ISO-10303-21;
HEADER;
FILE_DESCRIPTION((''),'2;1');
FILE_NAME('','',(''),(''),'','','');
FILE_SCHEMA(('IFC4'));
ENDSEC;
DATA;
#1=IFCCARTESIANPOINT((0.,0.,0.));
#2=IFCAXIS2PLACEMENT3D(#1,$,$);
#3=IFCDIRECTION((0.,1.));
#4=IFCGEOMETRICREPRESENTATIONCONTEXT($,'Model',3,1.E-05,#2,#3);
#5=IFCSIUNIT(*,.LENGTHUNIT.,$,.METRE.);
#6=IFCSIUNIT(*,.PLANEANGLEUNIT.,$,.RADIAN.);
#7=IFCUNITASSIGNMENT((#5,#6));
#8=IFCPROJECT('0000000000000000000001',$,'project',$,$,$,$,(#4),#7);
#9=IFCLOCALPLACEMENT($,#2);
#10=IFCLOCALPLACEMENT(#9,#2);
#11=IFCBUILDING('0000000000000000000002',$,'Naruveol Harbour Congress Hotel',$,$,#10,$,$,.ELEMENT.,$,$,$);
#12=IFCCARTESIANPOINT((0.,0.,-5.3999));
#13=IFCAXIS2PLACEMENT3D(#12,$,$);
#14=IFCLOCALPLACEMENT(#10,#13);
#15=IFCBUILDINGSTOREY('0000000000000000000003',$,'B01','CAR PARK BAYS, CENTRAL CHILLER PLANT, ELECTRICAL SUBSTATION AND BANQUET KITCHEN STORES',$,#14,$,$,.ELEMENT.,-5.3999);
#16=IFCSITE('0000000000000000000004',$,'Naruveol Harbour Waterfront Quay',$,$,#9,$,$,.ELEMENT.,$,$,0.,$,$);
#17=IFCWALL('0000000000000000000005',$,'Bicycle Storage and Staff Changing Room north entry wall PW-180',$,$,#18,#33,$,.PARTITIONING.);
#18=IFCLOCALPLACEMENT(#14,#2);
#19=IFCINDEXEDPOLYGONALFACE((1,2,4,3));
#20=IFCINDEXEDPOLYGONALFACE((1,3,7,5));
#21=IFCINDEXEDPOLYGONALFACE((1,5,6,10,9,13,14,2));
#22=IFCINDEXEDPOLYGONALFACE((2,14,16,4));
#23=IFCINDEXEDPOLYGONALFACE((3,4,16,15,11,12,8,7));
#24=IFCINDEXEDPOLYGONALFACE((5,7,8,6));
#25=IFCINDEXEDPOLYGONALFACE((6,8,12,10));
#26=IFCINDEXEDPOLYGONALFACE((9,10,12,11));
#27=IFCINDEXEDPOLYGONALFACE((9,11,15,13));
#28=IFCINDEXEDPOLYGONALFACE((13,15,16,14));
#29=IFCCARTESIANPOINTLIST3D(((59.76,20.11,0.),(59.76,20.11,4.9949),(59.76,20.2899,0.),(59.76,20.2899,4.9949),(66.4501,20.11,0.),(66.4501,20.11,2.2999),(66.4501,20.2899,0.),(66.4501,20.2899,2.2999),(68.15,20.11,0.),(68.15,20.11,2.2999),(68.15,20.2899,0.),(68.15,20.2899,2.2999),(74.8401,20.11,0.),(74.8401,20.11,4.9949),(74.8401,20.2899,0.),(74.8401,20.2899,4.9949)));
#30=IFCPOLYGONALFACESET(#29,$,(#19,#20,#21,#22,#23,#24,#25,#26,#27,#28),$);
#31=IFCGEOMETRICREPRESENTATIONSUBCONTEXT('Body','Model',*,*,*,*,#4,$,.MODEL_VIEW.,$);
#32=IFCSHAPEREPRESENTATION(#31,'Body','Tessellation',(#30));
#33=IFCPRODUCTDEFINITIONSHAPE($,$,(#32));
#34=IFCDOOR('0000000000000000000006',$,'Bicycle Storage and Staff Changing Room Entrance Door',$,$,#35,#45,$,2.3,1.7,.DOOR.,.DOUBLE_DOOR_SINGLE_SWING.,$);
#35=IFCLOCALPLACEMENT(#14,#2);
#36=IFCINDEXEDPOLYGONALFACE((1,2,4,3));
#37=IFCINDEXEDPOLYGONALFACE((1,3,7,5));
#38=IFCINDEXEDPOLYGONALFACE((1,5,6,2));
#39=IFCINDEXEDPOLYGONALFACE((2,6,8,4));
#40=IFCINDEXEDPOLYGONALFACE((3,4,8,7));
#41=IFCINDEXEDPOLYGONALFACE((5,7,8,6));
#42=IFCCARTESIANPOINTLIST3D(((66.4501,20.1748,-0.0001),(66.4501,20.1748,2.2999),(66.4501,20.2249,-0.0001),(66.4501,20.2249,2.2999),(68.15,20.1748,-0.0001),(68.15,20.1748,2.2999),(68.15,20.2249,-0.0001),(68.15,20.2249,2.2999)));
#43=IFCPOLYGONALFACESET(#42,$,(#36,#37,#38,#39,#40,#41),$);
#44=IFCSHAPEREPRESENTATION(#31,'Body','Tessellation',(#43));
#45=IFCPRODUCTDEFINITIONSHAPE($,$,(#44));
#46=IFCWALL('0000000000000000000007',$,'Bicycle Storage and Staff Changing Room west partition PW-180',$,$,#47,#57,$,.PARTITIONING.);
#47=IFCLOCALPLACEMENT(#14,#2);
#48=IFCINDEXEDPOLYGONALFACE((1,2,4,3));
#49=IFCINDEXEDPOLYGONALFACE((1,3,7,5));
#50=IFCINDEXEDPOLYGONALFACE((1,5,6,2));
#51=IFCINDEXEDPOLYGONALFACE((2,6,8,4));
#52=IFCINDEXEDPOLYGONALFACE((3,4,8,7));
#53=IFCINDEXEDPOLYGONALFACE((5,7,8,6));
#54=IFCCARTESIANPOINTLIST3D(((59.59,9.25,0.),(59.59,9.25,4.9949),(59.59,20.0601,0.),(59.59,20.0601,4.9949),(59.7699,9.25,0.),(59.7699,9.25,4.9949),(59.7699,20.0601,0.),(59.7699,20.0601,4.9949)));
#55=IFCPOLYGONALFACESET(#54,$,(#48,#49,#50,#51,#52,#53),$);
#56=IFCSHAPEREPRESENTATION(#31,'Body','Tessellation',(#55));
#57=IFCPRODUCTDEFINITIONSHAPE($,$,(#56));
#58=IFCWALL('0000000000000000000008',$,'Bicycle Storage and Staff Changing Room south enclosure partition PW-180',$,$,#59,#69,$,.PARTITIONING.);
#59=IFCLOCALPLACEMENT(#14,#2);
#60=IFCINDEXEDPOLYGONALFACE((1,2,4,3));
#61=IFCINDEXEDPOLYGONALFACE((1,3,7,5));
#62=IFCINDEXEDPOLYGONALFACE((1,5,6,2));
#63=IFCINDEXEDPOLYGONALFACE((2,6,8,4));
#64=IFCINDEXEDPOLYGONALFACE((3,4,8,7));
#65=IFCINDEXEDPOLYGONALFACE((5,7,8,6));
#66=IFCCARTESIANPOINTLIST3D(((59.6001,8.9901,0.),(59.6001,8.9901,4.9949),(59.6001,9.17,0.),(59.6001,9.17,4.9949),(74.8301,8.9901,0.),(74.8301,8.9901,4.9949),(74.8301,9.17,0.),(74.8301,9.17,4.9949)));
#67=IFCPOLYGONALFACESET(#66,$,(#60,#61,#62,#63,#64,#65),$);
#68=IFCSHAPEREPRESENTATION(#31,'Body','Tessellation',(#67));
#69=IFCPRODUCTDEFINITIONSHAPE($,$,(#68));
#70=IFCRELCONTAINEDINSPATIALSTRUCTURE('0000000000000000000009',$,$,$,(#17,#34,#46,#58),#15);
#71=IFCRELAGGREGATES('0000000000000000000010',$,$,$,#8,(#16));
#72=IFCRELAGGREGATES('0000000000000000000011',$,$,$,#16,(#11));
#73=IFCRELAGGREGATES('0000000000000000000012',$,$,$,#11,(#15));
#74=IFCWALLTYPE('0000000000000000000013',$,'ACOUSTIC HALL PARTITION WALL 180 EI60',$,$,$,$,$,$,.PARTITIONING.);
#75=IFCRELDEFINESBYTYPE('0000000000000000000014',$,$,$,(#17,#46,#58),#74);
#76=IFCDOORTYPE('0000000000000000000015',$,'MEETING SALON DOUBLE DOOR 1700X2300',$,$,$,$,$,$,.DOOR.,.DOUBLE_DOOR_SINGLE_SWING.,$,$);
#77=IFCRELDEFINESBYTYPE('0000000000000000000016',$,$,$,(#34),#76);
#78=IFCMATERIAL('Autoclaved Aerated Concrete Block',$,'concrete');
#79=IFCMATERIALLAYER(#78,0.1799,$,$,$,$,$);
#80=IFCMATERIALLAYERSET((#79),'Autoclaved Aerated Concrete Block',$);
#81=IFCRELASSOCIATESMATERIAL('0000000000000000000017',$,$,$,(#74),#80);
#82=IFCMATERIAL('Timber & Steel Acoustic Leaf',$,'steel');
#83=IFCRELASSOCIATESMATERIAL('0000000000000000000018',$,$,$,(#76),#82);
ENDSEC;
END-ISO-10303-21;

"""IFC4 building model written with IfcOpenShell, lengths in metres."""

from ifc_helpers import new_model, si_unit, direction, frame, frame_2d, origin, place, context, subcontext, project, spatial, rectangle, extrude, material, layer, layer_set, type_object, element, fill, save


model = new_model("IFC4")

# Units and contexts
model_context = context("Model", 3, precision=1e-05, world=origin(), true_north=direction((0.0, 1.0)))
body_context = subcontext(model_context, "Body", "Model", "MODEL_VIEW")
ifc_project = project(units=[si_unit("LENGTHUNIT", "METRE"), si_unit("PLANEANGLEUNIT", "RADIAN")], contexts=[model_context])

# Site, building, storey
site_placement = place(None, origin())
site = spatial("IfcSite", under=ifc_project, at=site_placement, Name="Naruveol Harbour Waterfront Quay", CompositionType="ELEMENT", RefElevation=0.0)
building_placement = place(site_placement, origin())
building = spatial("IfcBuilding", under=site, at=building_placement, Name="Naruveol Harbour Congress Hotel", CompositionType="ELEMENT")
storey_placement = place(building_placement, frame((0.0, 0.0, -5.3999)))
storey = spatial("IfcBuildingStorey", under=building, at=storey_placement, Name="B01", Description="CAR PARK BAYS, CENTRAL CHILLER PLANT, ELECTRICAL SUBSTATION AND BANQUET KITCHEN STORES", CompositionType="ELEMENT", Elevation=-5.3999)

# Wall, opening, door
ifc_material_1 = material(Name="Autoclaved Aerated Concrete Block", Category="concrete")
ifc_layer = layer(ifc_material_1, 0.1799)
ifc_layer_set = layer_set([ifc_layer], Name="Autoclaved Aerated Concrete Block")
wall_type = type_object("IfcWallType", Name="ACOUSTIC HALL PARTITION WALL 180 EI60", PredefinedType="PARTITIONING", material=ifc_layer_set)
wall_1_placement = place(storey_placement, frame((59.76, 20.2, 0.0), z_axis=(0.0, 0.0, 1.0), x_axis=(1.0, 0.0, 0.0)))
wall_1 = element("IfcWall", 1, at=wall_1_placement, inside=storey, type_object=wall_type, Name="Bicycle Storage and Staff Changing Room north entry wall PW-180", PredefinedType="PARTITIONING", context=body_context, shape_type="SweptSolid", body=[
    extrude(rectangle(XDim=15.0801, YDim=0.1799, at=frame_2d((7.54, 0.0))), origin(), (0.0, 0.0, 1.0), 4.9949),
])
opening_placement = place(wall_1_placement, frame((6.6899, 0.0, 0.0)))
opening = element("IfcOpeningElement", 2, at=opening_placement, cuts=wall_1, PredefinedType="OPENING", context=body_context, shape_type="SweptSolid", body=[
    extrude(rectangle(XDim=1.7, YDim=2.3, at=frame_2d((0.8501, 1.1499))), frame((0.0, 0.0999, 0.0), z_axis=(0.0, -1.0, 0.0), x_axis=(1.0, 0.0, 0.0)), (0.0, 0.0, 1.0), 0.2),
])
ifc_material_2 = material(Name="Timber & Steel Acoustic Leaf", Category="steel")
door_type = type_object("IfcDoorType", Name="MEETING SALON DOUBLE DOOR 1700X2300", OperationType="DOUBLE_DOOR_SINGLE_SWING", PredefinedType="DOOR", material=ifc_material_2)
door_placement = place(opening_placement, origin())
door = element("IfcDoor", 3, at=door_placement, inside=storey, type_object=door_type, Name="Bicycle Storage and Staff Changing Room Entrance Door", OperationType="DOUBLE_DOOR_SINGLE_SWING", OverallHeight=2.3, OverallWidth=1.7, PredefinedType="DOOR", context=body_context, shape_type="SweptSolid", body=[
    extrude(rectangle(XDim=1.7, YDim=2.3, at=frame_2d((0.8501, 1.1499))), frame((0.0, 0.0249, 0.0), z_axis=(0.0, -1.0, 0.0), x_axis=(1.0, 0.0, 0.0)), (0.0, 0.0, 1.0), 0.05),
])
fill(opening, door)

# Walls
wall_2_placement = place(storey_placement, frame((59.6799, 9.25, 0.0), z_axis=(0.0, 0.0, 1.0), x_axis=(0.0, 1.0, 0.0)))
element("IfcWall", 4, at=wall_2_placement, inside=storey, type_object=wall_type, Name="Bicycle Storage and Staff Changing Room west partition PW-180", PredefinedType="PARTITIONING", context=body_context, shape_type="SweptSolid", body=[
    extrude(rectangle(XDim=10.8101, YDim=0.1799, at=frame_2d((5.405, 0.0))), origin(), (0.0, 0.0, 1.0), 4.9949),
])
wall_3_placement = place(storey_placement, frame((59.6001, 9.0801, 0.0), z_axis=(0.0, 0.0, 1.0), x_axis=(1.0, 0.0, 0.0)))
element("IfcWall", 5, at=wall_3_placement, inside=storey, type_object=wall_type, Name="Bicycle Storage and Staff Changing Room south enclosure partition PW-180", PredefinedType="PARTITIONING", context=body_context, shape_type="SweptSolid", body=[
    extrude(rectangle(XDim=15.23, YDim=0.1799, at=frame_2d((7.615, 0.0))), origin(), (0.0, 0.0, 1.0), 4.9949),
])

save(model, "model.ifc")
